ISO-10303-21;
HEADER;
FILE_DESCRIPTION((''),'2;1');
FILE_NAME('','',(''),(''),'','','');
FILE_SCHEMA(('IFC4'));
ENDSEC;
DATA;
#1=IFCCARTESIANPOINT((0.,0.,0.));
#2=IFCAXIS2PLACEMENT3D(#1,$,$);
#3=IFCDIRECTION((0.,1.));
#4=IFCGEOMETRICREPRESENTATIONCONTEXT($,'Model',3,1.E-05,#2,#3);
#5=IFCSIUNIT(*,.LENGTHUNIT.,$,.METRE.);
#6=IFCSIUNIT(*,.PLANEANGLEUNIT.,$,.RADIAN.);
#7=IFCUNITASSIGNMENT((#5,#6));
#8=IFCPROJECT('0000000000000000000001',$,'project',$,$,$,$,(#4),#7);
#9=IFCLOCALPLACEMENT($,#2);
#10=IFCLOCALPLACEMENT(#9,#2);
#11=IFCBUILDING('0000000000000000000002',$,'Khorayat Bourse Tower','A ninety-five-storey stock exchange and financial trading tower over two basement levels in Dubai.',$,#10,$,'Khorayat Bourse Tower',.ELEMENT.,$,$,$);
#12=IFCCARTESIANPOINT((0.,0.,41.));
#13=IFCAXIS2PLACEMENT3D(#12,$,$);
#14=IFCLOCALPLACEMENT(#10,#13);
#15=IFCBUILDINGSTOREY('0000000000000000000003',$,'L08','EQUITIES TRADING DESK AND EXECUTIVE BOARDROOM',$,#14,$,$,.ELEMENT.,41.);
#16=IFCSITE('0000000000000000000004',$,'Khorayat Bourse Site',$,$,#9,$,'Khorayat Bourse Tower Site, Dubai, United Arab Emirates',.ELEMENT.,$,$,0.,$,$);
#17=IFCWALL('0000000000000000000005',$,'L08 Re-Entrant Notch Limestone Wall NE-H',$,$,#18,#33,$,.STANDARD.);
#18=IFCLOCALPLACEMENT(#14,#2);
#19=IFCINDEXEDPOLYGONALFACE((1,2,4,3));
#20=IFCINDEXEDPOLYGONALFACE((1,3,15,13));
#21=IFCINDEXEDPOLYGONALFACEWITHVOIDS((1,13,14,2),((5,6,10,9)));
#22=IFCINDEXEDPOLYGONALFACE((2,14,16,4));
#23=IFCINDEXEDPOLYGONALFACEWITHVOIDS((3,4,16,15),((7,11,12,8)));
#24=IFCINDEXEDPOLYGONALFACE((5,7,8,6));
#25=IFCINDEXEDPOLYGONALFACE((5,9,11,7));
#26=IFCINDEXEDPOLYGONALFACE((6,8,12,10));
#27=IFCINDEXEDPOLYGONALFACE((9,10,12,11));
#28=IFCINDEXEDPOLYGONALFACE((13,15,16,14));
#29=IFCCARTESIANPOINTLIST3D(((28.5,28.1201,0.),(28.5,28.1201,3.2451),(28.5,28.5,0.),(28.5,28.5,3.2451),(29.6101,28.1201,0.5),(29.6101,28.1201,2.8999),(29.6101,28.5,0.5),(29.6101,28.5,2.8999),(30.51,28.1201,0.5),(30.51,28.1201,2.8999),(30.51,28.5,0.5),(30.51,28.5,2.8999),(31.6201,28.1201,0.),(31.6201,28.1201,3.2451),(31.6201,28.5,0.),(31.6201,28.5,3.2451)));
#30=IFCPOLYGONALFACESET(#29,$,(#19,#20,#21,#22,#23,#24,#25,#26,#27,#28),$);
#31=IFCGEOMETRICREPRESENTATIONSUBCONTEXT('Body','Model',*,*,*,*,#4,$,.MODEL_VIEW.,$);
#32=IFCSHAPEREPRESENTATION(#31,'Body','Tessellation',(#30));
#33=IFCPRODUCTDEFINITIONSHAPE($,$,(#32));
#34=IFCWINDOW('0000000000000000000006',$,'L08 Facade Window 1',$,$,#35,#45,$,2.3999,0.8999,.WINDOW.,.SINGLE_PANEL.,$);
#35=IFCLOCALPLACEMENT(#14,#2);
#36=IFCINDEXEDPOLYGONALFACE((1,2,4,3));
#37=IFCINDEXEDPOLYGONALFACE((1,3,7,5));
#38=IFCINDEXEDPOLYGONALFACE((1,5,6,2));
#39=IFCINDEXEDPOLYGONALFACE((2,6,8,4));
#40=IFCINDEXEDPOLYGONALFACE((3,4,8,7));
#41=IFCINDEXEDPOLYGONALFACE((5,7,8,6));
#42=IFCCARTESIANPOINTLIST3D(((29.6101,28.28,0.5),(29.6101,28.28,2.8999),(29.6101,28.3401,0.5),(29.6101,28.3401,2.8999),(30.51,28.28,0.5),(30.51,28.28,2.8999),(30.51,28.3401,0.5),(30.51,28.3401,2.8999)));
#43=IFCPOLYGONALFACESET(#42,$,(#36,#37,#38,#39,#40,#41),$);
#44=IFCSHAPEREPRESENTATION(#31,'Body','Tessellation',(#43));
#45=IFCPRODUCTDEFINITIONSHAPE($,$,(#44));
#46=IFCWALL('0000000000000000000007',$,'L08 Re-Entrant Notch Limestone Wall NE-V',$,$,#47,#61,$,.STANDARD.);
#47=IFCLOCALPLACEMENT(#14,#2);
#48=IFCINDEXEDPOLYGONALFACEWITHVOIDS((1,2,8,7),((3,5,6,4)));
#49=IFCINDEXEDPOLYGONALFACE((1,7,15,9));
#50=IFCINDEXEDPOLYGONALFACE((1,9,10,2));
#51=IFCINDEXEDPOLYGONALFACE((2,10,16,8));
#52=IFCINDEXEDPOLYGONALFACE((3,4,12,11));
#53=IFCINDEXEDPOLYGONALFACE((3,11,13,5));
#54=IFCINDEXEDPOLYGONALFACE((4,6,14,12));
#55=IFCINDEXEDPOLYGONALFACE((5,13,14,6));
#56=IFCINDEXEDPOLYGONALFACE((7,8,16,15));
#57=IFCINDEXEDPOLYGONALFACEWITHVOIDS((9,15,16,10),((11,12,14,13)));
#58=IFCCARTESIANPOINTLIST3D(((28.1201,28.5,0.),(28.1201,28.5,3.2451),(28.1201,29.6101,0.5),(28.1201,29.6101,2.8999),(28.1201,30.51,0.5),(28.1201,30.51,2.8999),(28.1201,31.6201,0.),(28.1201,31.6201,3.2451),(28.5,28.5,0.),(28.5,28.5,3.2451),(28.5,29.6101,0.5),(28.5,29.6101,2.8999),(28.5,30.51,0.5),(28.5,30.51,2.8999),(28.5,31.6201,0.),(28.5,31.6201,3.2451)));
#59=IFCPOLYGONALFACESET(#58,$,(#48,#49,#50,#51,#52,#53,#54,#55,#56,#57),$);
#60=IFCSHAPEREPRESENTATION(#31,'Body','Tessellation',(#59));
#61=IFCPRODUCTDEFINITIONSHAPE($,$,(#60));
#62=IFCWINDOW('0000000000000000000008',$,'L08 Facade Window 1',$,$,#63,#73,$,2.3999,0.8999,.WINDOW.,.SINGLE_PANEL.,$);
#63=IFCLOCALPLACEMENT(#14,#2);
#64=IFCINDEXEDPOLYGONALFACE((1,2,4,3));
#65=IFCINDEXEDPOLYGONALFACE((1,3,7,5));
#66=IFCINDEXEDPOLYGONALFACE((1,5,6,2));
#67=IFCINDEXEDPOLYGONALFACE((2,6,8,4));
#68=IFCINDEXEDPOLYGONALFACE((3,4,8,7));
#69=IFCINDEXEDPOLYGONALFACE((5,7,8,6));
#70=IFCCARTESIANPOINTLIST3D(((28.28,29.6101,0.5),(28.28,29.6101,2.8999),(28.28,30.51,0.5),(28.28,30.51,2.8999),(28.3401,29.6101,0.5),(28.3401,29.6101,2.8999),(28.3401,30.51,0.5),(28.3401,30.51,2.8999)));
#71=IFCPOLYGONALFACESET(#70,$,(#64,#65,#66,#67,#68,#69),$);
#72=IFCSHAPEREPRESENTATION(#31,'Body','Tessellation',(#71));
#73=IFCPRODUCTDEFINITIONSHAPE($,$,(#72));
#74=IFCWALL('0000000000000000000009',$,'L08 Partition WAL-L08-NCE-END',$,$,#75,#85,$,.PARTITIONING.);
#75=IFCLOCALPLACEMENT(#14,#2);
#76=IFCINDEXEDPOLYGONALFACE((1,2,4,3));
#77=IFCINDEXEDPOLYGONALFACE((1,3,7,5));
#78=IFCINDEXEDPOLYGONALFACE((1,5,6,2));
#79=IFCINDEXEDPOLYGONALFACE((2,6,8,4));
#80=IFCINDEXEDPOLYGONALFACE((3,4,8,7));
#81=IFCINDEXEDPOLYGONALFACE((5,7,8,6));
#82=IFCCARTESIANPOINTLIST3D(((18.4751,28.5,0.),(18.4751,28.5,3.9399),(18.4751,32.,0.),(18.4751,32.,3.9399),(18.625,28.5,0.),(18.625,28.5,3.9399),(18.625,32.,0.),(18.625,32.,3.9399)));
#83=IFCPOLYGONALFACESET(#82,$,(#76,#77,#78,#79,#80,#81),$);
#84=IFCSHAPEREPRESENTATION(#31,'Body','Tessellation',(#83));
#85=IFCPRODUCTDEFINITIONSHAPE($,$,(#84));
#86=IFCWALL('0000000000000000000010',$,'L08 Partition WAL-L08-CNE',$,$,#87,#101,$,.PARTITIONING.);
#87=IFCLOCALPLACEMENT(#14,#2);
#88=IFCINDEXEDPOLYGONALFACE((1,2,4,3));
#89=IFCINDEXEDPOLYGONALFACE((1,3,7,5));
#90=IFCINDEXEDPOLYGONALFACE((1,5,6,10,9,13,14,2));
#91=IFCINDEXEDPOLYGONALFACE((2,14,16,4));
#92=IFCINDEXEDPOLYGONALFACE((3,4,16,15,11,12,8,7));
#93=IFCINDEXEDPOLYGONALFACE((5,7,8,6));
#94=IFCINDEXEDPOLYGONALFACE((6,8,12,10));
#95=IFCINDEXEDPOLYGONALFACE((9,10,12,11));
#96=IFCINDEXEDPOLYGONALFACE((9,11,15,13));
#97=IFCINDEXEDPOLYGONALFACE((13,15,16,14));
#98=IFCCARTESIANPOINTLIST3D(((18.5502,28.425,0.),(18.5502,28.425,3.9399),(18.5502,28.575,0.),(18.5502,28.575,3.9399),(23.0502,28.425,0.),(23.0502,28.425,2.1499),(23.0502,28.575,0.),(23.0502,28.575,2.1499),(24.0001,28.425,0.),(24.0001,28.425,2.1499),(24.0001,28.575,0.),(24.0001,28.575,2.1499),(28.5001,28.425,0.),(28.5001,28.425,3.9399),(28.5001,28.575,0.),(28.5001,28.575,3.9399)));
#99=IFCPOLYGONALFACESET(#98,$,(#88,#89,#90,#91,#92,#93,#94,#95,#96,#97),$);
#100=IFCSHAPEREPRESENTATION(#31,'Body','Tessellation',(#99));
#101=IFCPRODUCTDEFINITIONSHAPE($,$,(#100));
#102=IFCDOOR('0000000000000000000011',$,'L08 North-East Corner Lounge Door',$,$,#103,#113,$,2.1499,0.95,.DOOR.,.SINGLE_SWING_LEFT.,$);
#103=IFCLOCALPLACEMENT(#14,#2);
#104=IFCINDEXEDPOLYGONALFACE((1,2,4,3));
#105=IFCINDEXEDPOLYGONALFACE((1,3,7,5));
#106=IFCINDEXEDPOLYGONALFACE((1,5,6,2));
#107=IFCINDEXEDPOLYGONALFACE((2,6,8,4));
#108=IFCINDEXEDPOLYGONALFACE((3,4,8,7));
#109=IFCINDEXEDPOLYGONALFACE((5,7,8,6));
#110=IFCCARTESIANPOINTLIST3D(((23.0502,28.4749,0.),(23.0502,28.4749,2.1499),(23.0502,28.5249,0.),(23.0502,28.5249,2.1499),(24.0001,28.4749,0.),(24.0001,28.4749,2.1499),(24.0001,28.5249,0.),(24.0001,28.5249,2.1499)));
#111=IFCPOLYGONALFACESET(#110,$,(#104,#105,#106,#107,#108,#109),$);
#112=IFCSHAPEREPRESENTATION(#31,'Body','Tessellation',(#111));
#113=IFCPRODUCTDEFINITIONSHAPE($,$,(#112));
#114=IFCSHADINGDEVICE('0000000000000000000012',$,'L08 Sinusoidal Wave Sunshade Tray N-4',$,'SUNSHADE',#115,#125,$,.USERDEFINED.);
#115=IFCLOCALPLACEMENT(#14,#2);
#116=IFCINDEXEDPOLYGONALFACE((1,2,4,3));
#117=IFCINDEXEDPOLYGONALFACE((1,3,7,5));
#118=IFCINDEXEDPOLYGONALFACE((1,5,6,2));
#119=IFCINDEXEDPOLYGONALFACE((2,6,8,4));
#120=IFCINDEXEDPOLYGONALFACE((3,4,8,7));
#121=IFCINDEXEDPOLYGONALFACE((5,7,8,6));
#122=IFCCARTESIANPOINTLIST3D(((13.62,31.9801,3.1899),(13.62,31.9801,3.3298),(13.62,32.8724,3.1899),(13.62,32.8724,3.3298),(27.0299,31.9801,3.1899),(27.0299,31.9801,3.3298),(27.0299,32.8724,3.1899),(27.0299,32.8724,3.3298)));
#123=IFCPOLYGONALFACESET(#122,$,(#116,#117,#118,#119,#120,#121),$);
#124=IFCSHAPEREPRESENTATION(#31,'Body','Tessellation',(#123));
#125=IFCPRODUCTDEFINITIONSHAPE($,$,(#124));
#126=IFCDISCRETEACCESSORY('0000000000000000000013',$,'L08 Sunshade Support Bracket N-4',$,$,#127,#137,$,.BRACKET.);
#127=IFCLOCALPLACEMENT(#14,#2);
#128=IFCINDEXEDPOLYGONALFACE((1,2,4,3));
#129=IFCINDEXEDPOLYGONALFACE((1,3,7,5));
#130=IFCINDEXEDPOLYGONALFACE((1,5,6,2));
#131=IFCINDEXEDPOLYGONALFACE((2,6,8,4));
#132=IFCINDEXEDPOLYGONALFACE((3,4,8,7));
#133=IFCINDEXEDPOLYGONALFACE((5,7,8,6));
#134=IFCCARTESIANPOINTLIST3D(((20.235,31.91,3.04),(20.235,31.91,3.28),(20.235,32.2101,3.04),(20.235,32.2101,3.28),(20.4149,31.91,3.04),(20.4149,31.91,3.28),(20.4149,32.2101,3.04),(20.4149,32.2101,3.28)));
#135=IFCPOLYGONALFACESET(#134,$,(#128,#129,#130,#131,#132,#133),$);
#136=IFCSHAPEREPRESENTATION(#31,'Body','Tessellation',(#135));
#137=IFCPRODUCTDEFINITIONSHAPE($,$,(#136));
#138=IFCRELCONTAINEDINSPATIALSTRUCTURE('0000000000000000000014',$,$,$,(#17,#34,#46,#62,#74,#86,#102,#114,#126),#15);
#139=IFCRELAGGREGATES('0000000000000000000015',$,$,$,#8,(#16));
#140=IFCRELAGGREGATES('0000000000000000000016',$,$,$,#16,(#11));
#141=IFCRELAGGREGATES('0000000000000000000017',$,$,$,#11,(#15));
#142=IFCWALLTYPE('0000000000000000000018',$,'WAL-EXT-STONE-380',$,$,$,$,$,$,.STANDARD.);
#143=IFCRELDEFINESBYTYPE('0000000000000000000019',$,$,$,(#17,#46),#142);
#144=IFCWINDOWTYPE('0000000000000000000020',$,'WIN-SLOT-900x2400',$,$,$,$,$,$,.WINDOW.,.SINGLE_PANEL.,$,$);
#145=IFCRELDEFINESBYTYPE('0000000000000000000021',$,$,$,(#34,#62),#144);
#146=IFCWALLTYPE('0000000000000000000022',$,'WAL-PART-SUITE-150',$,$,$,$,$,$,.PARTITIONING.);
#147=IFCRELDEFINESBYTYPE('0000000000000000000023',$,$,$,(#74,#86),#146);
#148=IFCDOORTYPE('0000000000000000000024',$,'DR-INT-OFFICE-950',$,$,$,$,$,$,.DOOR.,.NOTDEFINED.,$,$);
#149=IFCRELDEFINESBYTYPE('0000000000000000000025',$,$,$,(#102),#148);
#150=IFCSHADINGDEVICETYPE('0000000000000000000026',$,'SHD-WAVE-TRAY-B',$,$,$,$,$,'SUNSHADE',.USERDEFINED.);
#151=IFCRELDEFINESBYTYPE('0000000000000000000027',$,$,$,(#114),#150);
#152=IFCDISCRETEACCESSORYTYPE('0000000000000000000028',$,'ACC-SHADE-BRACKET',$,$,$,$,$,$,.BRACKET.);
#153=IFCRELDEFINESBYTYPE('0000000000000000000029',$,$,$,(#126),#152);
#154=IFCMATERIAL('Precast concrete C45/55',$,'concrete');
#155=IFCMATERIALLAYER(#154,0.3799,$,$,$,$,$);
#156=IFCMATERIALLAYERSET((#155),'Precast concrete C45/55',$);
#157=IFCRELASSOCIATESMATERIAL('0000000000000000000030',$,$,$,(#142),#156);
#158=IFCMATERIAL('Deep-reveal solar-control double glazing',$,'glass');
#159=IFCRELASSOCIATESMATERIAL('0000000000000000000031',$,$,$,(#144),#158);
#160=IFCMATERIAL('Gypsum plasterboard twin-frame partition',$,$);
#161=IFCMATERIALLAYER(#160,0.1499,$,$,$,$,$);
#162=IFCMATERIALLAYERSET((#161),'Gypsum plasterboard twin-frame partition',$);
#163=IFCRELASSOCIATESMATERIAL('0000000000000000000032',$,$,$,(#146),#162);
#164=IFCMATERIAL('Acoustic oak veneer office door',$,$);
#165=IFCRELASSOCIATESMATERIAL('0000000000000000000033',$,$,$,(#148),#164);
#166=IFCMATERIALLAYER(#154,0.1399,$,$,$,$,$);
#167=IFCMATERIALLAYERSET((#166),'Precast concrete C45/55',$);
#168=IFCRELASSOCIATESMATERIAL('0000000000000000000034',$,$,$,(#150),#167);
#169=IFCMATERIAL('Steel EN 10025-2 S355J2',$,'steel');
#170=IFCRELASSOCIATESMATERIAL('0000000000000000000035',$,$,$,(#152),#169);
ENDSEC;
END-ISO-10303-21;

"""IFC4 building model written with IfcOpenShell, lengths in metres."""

from ifc_helpers import new_model, si_unit, direction, frame, frame_2d, origin, origin_2d, place, context, subcontext, project, spatial, rectangle, extrude, source, transform, mapped, material, layer, layer_set, type_object, element, fill, save


model = new_model("IFC4")

# Units and contexts
model_context = context("Model", 3, precision=1e-05, world=origin(), true_north=direction((0.0, 1.0)))
body_context = subcontext(model_context, "Body", "Model", "MODEL_VIEW")
ifc_project = project(units=[si_unit("LENGTHUNIT", "METRE"), si_unit("PLANEANGLEUNIT", "RADIAN")], contexts=[model_context])

# Site, building, storey
site_placement = place(None, origin())
site = spatial("IfcSite", under=ifc_project, at=site_placement, Name="Khorayat Bourse Site", LongName="Khorayat Bourse Tower Site, Dubai, United Arab Emirates", CompositionType="ELEMENT", RefElevation=0.0)
building_placement = place(site_placement, origin())
building = spatial("IfcBuilding", under=site, at=building_placement, Name="Khorayat Bourse Tower", Description="A ninety-five-storey stock exchange and financial trading tower over two basement levels in Dubai.", LongName="Khorayat Bourse Tower", CompositionType="ELEMENT")
storey_placement = place(building_placement, frame((0.0, 0.0, 41.0)))
storey = spatial("IfcBuildingStorey", under=building, at=storey_placement, Name="L08", Description="EQUITIES TRADING DESK AND EXECUTIVE BOARDROOM", CompositionType="ELEMENT", Elevation=41.0)

# Shared definitions
ifc_material_1 = material(Name="Steel EN 10025-2 S355J2", Category="steel")

# Walls, openings, windows
ifc_material_2 = material(Name="Precast concrete C45/55", Category="concrete")
ifc_layer_1 = layer(ifc_material_2, 0.3799)
ifc_layer_set_1 = layer_set([ifc_layer_1], Name="Precast concrete C45/55")
wall_type_1 = type_object("IfcWallType", Name="WAL-EXT-STONE-380", PredefinedType="STANDARD", material=ifc_layer_set_1)
shared_shape_1 = source(origin(), body_context, "Body", "SweptSolid", [
    extrude(rectangle(XDim=3.1201, YDim=0.3799, at=frame_2d((1.5601, 0.0))), origin(), (0.0, 0.0, 1.0), 3.2451),
])
wall_1_placement = place(storey_placement, frame((28.5, 28.3101, 0.0), z_axis=(0.0, 0.0, 1.0), x_axis=(1.0, 0.0, 0.0)))
wall_1 = element("IfcWall", 1, at=wall_1_placement, inside=storey, type_object=wall_type_1, Name="L08 Re-Entrant Notch Limestone Wall NE-H", PredefinedType="STANDARD", context=body_context, shape_type="MappedRepresentation", body=[
    mapped(shared_shape_1, transform((0.0, 0.0, 0.0), scale=1.0)),
])
shared_shape_2 = source(origin(), body_context, "Body", "SweptSolid", [
    extrude(rectangle(XDim=0.8999, YDim=2.3999, at=frame_2d((0.45, 1.2))), frame((0.0, 0.2, 0.0), z_axis=(0.0, -1.0, 0.0), x_axis=(1.0, 0.0, 0.0)), (0.0, 0.0, 1.0), 0.3999),
])
opening_1_placement = place(wall_1_placement, frame((1.1101, 0.0, 0.5)))
opening_1 = element("IfcOpeningElement", 2, at=opening_1_placement, cuts=wall_1, PredefinedType="OPENING", context=body_context, shape_type="MappedRepresentation", body=[
    mapped(shared_shape_2, transform((0.0, 0.0, 0.0), scale=1.0)),
])
ifc_material_3 = material(Name="Deep-reveal solar-control double glazing", Category="glass")
window_type = type_object("IfcWindowType", Name="WIN-SLOT-900x2400", PartitioningType="SINGLE_PANEL", PredefinedType="WINDOW", material=ifc_material_3)
shared_shape_3 = source(origin(), body_context, "Body", "SweptSolid", [
    extrude(rectangle(XDim=0.8999, YDim=2.3999, at=frame_2d((0.45, 1.2))), frame((0.0, 0.03, 0.0), z_axis=(0.0, -1.0, 0.0), x_axis=(1.0, 0.0, 0.0)), (0.0, 0.0, 1.0), 0.0601),
])
window_1_placement = place(opening_1_placement, origin())
window_1 = element("IfcWindow", 3, at=window_1_placement, inside=storey, type_object=window_type, Name="L08 Facade Window 1", OverallHeight=2.3999, OverallWidth=0.8999, PartitioningType="SINGLE_PANEL", PredefinedType="WINDOW", context=body_context, shape_type="MappedRepresentation", body=[
    mapped(shared_shape_3, transform((0.0, 0.0, 0.0), scale=1.0)),
])
fill(opening_1, window_1)
wall_2_placement = place(storey_placement, frame((28.3101, 28.5, 0.0), z_axis=(0.0, 0.0, 1.0), x_axis=(0.0, 1.0, 0.0)))
wall_2 = element("IfcWall", 4, at=wall_2_placement, inside=storey, type_object=wall_type_1, Name="L08 Re-Entrant Notch Limestone Wall NE-V", PredefinedType="STANDARD", context=body_context, shape_type="MappedRepresentation", body=[
    mapped(shared_shape_1, transform((0.0, 0.0, 0.0), scale=1.0)),
])
opening_2_placement = place(wall_2_placement, frame((1.1101, 0.0, 0.5)))
opening_2 = element("IfcOpeningElement", 5, at=opening_2_placement, cuts=wall_2, PredefinedType="OPENING", context=body_context, shape_type="MappedRepresentation", body=[
    mapped(shared_shape_2, transform((0.0, 0.0, 0.0), scale=1.0)),
])
window_2_placement = place(opening_2_placement, origin())
window_2 = element("IfcWindow", 6, at=window_2_placement, inside=storey, type_object=window_type, Name="L08 Facade Window 1", OverallHeight=2.3999, OverallWidth=0.8999, PartitioningType="SINGLE_PANEL", PredefinedType="WINDOW", context=body_context, shape_type="MappedRepresentation", body=[
    mapped(shared_shape_3, transform((0.0, 0.0, 0.0), scale=1.0)),
])
fill(opening_2, window_2)

# Wall
ifc_material_4 = material(Name="Gypsum plasterboard twin-frame partition")
ifc_layer_2 = layer(ifc_material_4, 0.1499)
ifc_layer_set_2 = layer_set([ifc_layer_2], Name="Gypsum plasterboard twin-frame partition")
wall_type_2 = type_object("IfcWallType", Name="WAL-PART-SUITE-150", PredefinedType="PARTITIONING", material=ifc_layer_set_2)
shared_shape_4 = source(origin(), body_context, "Body", "SweptSolid", [
    extrude(rectangle(XDim=3.5, YDim=0.1499, at=frame_2d((1.75, 0.0))), origin(), (0.0, 0.0, 1.0), 3.9399),
])
wall_3_placement = place(storey_placement, frame((18.55, 28.5, 0.0), z_axis=(0.0, 0.0, 1.0), x_axis=(0.0, 1.0, 0.0)))
element("IfcWall", 7, at=wall_3_placement, inside=storey, type_object=wall_type_2, Name="L08 Partition WAL-L08-NCE-END", PredefinedType="PARTITIONING", context=body_context, shape_type="MappedRepresentation", body=[
    mapped(shared_shape_4, transform((0.0, 0.0, 0.0), scale=1.0)),
])

# Wall, opening, door
shared_shape_5 = source(origin(), body_context, "Body", "SweptSolid", [
    extrude(rectangle(XDim=9.95, YDim=0.1499, at=frame_2d((4.9751, 0.0))), origin(), (0.0, 0.0, 1.0), 3.9399),
])
wall_4_placement = place(storey_placement, frame((18.55, 28.5, 0.0), z_axis=(0.0, 0.0, 1.0), x_axis=(1.0, 0.0, 0.0)))
wall_4 = element("IfcWall", 8, at=wall_4_placement, inside=storey, type_object=wall_type_2, Name="L08 Partition WAL-L08-CNE", PredefinedType="PARTITIONING", context=body_context, shape_type="MappedRepresentation", body=[
    mapped(shared_shape_5, transform((0.0, 0.0, 0.0), scale=1.0)),
])
shared_shape_6 = source(origin(), body_context, "Body", "SweptSolid", [
    extrude(rectangle(XDim=0.95, YDim=2.1499, at=frame_2d((0.4751, 1.075))), frame((0.0, 0.085, 0.0), z_axis=(0.0, -1.0, 0.0), x_axis=(1.0, 0.0, 0.0)), (0.0, 0.0, 1.0), 0.1699),
])
opening_3_placement = place(wall_4_placement, frame((4.5, 0.0, 0.0)))
opening_3 = element("IfcOpeningElement", 9, at=opening_3_placement, cuts=wall_4, PredefinedType="OPENING", context=body_context, shape_type="MappedRepresentation", body=[
    mapped(shared_shape_6, transform((0.0, 0.0, 0.0), scale=1.0)),
])
ifc_material_5 = material(Name="Acoustic oak veneer office door")
door_type = type_object("IfcDoorType", Name="DR-INT-OFFICE-950", OperationType="NOTDEFINED", PredefinedType="DOOR", material=ifc_material_5)
shared_shape_7 = source(origin(), body_context, "Body", "SweptSolid", [
    extrude(rectangle(XDim=0.95, YDim=2.1499, at=frame_2d((0.4751, 1.075))), frame((0.0, 0.0249, 0.0), z_axis=(0.0, -1.0, 0.0), x_axis=(1.0, 0.0, 0.0)), (0.0, 0.0, 1.0), 0.05),
])
door_placement = place(opening_3_placement, origin())
door = element("IfcDoor", 10, at=door_placement, inside=storey, type_object=door_type, Name="L08 North-East Corner Lounge Door", OperationType="SINGLE_SWING_LEFT", OverallHeight=2.1499, OverallWidth=0.95, PredefinedType="DOOR", context=body_context, shape_type="MappedRepresentation", body=[
    mapped(shared_shape_7, transform((0.0, 0.0, 0.0), scale=1.0)),
])
fill(opening_3, door)

# Shading device
ifc_layer_3 = layer(ifc_material_2, 0.1399)
ifc_layer_set_3 = layer_set([ifc_layer_3], Name="Precast concrete C45/55")
shading_device_type = type_object("IfcShadingDeviceType", Name="SHD-WAVE-TRAY-B", ElementType="SUNSHADE", PredefinedType="USERDEFINED", material=ifc_layer_set_3)
shared_shape_8 = source(origin(), body_context, "Body", "SweptSolid", [
    extrude(rectangle(XDim=13.4099, YDim=0.8923, at=origin_2d()), origin(), (0.0, 0.0, 1.0), 0.1399),
])
shading_device_placement = place(storey_placement, frame((20.325, 32.4263, 3.1899), z_axis=(0.0, 0.0, 1.0), x_axis=(1.0, 0.0, 0.0)))
element("IfcShadingDevice", 11, at=shading_device_placement, inside=storey, type_object=shading_device_type, Name="L08 Sinusoidal Wave Sunshade Tray N-4", ObjectType="SUNSHADE", PredefinedType="USERDEFINED", context=body_context, shape_type="MappedRepresentation", body=[
    mapped(shared_shape_8, transform((0.0, 0.0, 0.0), scale=1.0)),
])

# Discrete accessory
discrete_accessory_type = type_object("IfcDiscreteAccessoryType", Name="ACC-SHADE-BRACKET", PredefinedType="BRACKET", material=ifc_material_1)
shared_shape_9 = source(origin(), body_context, "Body", "SweptSolid", [
    extrude(rectangle(XDim=0.1799, YDim=0.3, at=origin_2d()), origin(), (0.0, 0.0, 1.0), 0.24),
])
discrete_accessory_placement = place(storey_placement, frame((20.325, 32.0601, 3.04), z_axis=(0.0, 0.0, 1.0), x_axis=(1.0, 0.0, 0.0)))
element("IfcDiscreteAccessory", 12, at=discrete_accessory_placement, inside=storey, type_object=discrete_accessory_type, Name="L08 Sunshade Support Bracket N-4", PredefinedType="BRACKET", context=body_context, shape_type="MappedRepresentation", body=[
    mapped(shared_shape_9, transform((0.0, 0.0, 0.0), scale=1.0)),
])

save(model, "model.ifc")
